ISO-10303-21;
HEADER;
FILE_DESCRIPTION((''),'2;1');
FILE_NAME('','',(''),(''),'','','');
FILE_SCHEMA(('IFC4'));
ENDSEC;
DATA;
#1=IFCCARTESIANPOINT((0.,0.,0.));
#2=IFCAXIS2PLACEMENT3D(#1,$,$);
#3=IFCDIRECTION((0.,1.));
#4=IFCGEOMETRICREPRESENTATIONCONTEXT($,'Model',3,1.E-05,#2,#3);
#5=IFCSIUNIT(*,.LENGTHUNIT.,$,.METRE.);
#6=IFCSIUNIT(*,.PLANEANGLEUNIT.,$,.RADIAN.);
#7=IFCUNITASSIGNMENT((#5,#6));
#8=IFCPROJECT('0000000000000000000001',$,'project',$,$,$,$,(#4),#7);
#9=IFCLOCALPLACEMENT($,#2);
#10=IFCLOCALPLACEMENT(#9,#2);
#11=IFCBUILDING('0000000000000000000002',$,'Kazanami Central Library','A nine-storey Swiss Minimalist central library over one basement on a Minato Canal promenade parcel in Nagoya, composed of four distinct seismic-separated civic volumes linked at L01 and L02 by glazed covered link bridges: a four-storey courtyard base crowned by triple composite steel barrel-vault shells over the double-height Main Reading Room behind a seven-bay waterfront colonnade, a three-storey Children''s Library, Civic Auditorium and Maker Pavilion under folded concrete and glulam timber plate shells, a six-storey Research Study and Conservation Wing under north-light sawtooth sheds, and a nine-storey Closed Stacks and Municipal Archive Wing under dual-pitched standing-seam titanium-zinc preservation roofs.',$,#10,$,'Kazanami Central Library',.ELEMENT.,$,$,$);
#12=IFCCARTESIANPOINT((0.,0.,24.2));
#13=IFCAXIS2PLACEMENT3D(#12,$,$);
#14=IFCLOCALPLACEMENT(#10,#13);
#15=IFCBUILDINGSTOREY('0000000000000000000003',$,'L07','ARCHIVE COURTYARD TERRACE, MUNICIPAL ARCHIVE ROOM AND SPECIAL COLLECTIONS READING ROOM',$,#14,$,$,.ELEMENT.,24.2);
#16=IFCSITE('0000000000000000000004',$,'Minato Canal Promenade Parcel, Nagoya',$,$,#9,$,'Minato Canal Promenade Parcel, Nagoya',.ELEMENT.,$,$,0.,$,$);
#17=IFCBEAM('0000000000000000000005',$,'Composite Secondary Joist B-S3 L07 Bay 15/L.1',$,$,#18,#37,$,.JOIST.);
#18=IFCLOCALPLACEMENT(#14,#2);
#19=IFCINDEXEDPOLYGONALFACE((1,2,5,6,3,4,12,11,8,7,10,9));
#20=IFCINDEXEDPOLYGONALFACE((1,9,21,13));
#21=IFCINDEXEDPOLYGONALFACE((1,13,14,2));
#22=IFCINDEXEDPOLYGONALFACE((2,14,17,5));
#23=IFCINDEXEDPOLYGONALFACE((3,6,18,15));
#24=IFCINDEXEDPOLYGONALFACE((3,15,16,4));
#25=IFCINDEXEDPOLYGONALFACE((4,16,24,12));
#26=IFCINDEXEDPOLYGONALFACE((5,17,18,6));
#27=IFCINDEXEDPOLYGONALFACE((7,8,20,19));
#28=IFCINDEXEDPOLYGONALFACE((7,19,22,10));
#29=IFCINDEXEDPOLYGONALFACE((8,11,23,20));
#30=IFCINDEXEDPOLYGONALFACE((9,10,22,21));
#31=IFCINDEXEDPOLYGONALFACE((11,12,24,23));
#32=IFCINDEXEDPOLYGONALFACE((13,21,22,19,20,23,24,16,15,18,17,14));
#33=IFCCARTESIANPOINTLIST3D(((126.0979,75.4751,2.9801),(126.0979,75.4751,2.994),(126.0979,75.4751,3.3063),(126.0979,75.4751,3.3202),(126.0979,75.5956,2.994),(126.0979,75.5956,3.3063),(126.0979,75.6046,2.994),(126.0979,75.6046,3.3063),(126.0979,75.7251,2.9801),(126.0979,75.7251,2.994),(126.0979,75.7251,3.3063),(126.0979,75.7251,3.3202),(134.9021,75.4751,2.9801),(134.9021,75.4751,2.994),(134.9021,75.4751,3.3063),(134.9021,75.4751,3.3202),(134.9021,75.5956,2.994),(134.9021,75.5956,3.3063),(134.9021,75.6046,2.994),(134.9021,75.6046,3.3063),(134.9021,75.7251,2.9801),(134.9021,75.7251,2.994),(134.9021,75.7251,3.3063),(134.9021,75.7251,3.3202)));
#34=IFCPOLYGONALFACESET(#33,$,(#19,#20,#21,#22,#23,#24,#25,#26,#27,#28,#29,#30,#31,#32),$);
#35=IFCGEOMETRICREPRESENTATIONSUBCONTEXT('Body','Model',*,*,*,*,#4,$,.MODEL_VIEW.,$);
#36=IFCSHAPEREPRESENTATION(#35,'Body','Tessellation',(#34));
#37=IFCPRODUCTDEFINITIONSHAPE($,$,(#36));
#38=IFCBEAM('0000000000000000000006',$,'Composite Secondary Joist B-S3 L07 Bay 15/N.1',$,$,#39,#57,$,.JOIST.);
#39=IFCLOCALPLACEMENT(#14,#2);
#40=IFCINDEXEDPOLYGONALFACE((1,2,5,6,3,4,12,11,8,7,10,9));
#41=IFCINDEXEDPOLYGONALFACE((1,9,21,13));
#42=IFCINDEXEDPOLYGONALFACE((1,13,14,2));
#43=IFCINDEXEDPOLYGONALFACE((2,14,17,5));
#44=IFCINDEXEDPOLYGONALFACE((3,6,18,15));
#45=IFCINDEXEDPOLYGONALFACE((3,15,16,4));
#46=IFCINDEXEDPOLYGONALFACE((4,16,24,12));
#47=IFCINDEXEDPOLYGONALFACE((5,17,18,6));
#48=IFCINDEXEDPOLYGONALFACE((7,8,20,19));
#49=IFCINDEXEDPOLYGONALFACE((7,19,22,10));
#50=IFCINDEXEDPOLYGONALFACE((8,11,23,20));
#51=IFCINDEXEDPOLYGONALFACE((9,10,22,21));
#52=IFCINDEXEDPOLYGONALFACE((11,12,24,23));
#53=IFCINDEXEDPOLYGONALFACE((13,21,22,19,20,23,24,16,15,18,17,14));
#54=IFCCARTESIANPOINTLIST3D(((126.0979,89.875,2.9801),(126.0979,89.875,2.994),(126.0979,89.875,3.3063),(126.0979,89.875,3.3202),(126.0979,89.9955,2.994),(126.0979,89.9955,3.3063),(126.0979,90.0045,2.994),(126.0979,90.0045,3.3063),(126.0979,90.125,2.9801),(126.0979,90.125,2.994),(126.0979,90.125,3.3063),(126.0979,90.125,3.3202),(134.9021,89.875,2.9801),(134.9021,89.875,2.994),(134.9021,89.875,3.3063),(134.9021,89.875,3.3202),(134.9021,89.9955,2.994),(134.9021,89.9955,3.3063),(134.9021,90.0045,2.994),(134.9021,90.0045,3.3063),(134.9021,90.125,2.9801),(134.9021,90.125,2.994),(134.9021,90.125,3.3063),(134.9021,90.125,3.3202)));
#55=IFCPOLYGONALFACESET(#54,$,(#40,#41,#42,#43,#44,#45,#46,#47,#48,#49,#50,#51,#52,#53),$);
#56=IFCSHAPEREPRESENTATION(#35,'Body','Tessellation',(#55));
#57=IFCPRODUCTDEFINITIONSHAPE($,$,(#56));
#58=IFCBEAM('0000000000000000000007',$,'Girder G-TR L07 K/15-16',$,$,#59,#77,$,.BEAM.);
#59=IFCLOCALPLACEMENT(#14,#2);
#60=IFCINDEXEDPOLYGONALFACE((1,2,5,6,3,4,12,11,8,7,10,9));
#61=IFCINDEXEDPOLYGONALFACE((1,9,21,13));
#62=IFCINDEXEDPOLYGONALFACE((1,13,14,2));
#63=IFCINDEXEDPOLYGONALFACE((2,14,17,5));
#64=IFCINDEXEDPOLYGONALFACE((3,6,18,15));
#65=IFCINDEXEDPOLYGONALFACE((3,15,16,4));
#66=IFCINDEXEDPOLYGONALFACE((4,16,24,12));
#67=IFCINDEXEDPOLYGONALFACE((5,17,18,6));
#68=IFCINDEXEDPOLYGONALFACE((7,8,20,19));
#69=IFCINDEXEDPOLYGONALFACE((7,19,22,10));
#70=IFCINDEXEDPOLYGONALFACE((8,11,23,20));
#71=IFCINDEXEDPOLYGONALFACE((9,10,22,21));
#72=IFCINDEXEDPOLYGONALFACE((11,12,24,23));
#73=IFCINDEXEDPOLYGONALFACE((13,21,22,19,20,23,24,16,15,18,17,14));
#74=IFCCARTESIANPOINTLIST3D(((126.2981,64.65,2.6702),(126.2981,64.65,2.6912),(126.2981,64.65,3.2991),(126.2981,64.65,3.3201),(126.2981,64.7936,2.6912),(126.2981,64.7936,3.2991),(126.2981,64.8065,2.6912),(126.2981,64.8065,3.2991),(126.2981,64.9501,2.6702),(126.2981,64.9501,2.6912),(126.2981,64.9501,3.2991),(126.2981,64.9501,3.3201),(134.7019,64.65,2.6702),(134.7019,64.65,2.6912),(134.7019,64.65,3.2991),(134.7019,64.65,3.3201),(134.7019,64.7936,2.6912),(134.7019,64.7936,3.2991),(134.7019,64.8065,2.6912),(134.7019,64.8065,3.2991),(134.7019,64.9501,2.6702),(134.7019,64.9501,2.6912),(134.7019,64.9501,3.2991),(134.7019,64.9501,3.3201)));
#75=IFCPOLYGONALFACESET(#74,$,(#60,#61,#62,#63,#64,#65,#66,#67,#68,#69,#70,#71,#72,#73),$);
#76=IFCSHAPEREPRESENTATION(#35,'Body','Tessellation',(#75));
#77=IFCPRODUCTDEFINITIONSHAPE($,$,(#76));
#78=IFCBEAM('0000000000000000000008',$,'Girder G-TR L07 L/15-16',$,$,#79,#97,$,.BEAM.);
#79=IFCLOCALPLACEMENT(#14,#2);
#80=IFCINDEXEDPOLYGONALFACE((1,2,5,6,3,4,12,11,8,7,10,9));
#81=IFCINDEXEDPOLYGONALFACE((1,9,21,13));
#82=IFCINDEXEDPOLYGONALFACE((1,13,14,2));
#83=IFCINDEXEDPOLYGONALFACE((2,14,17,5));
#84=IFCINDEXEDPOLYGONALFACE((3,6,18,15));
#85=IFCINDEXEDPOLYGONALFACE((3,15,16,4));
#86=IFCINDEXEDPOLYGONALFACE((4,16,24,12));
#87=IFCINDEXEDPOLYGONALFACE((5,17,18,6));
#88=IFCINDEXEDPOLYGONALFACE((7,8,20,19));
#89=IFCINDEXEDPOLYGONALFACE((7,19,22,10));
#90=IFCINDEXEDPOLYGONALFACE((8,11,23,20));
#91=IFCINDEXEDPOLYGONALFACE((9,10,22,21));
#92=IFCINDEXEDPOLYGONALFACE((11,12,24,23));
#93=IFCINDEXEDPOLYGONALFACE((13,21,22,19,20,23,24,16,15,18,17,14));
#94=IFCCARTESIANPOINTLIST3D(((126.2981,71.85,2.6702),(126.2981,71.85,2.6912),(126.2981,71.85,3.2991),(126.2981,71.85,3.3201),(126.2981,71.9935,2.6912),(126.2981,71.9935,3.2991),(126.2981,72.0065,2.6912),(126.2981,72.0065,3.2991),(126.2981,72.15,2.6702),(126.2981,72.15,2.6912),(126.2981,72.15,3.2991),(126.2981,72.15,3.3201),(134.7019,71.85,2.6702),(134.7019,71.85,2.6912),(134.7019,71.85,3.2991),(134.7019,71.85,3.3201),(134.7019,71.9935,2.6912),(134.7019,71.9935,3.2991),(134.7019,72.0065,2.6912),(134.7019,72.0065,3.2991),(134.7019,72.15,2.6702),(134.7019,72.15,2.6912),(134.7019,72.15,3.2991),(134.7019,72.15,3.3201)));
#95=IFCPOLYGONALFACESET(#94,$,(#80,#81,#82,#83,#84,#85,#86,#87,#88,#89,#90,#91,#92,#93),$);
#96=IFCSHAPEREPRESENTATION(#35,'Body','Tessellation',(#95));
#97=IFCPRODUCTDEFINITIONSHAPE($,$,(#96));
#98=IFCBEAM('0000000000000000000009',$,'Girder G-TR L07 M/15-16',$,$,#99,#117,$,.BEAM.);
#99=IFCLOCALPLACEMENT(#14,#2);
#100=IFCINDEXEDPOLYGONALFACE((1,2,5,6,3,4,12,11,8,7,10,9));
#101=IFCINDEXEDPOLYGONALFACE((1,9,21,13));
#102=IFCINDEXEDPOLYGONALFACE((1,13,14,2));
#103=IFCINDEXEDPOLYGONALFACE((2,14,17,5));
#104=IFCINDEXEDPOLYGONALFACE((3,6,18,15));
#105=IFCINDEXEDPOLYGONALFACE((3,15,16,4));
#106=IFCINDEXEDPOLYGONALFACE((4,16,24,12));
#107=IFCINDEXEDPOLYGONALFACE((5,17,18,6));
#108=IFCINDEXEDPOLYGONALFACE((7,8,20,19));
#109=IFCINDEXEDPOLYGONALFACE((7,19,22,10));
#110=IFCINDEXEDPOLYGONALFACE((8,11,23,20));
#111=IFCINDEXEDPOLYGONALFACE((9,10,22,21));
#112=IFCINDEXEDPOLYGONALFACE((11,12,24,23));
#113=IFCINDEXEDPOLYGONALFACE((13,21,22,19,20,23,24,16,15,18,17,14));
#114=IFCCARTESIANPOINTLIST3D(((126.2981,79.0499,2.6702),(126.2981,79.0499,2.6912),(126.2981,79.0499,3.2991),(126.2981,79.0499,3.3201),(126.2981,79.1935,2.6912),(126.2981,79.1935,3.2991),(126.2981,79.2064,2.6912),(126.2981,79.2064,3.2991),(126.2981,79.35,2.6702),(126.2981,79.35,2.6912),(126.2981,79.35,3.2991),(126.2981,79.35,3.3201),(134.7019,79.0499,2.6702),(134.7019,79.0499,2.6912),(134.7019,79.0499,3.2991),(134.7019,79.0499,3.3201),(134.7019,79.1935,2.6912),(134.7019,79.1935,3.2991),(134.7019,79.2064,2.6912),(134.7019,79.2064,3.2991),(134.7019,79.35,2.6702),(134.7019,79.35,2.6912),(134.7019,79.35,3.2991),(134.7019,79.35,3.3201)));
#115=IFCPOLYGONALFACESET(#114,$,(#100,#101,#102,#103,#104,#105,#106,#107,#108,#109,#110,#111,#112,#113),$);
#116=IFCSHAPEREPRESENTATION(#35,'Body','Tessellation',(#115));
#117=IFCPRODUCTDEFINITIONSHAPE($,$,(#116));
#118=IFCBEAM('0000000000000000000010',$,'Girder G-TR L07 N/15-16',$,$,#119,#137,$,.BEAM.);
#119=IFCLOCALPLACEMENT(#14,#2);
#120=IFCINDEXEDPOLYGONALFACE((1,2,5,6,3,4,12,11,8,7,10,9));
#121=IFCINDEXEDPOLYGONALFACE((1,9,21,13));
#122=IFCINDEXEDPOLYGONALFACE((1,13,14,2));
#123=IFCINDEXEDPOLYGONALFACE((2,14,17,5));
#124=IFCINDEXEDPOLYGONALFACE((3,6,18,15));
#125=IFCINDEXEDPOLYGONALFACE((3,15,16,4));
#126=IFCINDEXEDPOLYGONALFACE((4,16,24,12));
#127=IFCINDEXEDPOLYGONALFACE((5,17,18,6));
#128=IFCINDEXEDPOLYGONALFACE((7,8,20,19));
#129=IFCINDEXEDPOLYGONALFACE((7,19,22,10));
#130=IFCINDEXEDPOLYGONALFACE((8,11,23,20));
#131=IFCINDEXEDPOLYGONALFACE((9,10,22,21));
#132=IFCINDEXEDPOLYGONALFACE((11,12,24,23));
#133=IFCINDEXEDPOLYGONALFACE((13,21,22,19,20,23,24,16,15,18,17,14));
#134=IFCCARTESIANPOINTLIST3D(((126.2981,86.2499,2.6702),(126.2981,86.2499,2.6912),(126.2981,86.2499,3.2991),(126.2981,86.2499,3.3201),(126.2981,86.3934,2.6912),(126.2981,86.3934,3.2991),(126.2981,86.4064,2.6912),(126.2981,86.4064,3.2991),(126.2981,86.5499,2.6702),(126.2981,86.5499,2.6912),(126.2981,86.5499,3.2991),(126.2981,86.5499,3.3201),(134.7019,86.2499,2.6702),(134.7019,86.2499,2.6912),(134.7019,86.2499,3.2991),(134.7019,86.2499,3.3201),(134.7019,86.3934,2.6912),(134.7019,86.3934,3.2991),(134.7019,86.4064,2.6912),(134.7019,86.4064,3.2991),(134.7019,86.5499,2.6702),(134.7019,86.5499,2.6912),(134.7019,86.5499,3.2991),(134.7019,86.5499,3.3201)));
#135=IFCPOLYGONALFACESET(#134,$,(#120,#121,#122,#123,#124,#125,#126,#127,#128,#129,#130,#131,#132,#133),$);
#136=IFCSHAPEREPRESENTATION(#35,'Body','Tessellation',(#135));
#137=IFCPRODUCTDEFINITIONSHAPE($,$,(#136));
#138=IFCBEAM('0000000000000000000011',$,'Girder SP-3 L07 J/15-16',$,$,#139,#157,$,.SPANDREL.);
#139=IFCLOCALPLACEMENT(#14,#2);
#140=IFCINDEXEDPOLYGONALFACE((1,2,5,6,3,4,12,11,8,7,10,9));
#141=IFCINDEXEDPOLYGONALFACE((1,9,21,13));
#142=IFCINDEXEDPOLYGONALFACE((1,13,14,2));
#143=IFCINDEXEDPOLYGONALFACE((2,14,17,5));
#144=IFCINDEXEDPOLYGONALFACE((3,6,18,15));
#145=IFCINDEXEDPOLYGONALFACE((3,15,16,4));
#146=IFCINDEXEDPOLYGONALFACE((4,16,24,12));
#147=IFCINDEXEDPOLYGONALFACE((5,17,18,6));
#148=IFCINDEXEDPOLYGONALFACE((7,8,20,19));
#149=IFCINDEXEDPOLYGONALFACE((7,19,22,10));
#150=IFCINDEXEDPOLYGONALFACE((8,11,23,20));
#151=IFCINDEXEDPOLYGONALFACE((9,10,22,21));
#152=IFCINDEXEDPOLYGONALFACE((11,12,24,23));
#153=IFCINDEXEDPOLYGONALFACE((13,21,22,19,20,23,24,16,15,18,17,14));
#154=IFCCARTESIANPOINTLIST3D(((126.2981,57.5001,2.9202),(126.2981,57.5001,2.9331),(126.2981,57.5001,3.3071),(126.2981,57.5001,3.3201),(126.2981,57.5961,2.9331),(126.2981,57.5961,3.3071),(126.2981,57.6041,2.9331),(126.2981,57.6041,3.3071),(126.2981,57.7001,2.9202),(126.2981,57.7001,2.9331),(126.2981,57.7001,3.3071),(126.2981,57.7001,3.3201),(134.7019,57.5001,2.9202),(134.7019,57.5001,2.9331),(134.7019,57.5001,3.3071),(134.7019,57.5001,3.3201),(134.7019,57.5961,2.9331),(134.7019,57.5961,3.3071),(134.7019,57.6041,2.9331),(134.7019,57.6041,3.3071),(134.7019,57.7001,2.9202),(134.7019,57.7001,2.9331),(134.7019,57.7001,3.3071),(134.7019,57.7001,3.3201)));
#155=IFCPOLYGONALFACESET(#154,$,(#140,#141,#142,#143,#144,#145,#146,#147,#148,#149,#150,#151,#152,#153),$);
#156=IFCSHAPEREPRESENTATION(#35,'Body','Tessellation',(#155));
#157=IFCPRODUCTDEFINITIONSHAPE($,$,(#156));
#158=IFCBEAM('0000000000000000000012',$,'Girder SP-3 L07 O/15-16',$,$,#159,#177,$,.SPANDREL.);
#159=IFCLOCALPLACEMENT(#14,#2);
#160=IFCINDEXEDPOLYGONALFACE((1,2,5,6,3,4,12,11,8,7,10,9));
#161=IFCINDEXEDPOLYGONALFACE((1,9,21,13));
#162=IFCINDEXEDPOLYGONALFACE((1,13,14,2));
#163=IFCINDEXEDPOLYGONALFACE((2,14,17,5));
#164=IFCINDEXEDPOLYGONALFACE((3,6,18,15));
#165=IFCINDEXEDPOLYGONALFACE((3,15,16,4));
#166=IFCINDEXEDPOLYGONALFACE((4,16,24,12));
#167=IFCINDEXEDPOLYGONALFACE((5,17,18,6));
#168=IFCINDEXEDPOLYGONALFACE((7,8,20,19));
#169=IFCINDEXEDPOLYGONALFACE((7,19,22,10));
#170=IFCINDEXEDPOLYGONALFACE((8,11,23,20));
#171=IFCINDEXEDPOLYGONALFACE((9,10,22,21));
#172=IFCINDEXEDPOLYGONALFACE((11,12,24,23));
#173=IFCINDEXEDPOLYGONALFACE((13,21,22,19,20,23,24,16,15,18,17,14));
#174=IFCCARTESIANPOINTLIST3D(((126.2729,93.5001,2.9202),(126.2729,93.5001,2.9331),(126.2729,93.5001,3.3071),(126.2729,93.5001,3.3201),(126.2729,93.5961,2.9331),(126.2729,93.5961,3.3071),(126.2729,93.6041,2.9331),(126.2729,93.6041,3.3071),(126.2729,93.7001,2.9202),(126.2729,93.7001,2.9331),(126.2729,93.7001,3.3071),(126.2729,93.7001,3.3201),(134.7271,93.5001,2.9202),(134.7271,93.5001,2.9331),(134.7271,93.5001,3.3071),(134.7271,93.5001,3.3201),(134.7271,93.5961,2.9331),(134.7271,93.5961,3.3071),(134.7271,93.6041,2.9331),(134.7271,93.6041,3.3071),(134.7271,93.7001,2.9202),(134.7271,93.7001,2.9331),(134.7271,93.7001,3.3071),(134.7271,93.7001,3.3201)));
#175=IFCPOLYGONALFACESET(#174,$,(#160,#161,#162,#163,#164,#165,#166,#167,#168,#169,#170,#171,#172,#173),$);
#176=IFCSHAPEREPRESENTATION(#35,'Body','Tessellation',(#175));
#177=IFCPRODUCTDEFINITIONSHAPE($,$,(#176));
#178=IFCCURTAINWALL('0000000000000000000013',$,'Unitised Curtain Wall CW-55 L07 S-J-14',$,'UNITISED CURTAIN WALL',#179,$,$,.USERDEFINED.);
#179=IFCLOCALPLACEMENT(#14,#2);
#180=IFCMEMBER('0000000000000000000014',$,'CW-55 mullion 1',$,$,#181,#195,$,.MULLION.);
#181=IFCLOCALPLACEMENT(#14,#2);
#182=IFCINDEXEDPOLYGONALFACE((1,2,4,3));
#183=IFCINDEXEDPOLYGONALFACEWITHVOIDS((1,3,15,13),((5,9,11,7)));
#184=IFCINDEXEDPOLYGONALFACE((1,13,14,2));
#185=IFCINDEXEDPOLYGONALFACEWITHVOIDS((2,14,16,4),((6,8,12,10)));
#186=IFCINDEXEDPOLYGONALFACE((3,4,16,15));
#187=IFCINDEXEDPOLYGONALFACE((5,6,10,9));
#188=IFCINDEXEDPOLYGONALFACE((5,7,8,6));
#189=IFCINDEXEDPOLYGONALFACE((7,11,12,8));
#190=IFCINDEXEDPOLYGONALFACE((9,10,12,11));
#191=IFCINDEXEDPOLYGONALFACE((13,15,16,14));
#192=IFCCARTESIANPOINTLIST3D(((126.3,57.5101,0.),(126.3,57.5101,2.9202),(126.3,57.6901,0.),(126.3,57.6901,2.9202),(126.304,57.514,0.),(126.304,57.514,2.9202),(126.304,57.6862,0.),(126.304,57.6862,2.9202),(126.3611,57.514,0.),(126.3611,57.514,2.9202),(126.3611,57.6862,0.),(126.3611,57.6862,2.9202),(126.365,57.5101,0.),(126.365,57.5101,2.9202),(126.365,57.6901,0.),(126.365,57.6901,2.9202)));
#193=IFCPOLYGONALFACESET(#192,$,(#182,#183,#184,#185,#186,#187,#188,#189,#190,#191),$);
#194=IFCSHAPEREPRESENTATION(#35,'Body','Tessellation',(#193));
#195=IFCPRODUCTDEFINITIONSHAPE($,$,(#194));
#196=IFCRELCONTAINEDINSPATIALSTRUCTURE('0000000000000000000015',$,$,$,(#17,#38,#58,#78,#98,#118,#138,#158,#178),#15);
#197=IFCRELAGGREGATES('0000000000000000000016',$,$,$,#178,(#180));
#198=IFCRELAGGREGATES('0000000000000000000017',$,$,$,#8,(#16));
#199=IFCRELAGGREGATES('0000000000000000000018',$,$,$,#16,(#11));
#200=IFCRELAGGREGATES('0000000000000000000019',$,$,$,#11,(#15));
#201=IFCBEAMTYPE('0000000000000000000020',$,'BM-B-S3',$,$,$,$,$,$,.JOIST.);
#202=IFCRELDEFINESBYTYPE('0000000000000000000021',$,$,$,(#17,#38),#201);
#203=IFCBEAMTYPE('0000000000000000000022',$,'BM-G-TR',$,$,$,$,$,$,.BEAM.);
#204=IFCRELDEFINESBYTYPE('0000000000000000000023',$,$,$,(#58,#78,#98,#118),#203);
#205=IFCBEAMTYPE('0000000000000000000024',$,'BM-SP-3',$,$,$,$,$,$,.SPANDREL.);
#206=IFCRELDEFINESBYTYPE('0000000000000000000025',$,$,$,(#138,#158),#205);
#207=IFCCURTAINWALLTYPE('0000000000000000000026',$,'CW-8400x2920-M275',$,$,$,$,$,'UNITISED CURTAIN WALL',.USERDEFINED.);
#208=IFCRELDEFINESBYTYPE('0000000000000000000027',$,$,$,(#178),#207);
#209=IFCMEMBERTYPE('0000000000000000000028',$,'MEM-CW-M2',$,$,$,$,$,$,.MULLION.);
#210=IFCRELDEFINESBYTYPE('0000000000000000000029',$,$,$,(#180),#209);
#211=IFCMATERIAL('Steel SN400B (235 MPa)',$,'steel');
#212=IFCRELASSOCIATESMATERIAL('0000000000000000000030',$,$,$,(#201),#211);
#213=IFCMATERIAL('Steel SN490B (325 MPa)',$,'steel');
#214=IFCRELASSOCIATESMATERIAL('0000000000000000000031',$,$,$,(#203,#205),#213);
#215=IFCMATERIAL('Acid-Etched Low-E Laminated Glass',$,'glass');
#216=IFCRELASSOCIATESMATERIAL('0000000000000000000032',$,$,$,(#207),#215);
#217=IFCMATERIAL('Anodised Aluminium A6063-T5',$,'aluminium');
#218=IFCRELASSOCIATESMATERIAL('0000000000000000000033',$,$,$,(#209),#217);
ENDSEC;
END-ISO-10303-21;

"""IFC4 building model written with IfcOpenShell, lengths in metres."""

from ifc_helpers import new_model, si_unit, direction, frame, origin, origin_2d, place, context, subcontext, project, spatial, hollow_rectangle, i_section, extrude, material, material_profile, profile_set, type_object, element, aggregate, save


model = new_model("IFC4")

# Units and contexts
model_context = context("Model", 3, precision=1e-05, world=origin(), true_north=direction((0.0, 1.0)))
body_context = subcontext(model_context, "Body", "Model", "MODEL_VIEW")
ifc_project = project(units=[si_unit("LENGTHUNIT", "METRE"), si_unit("PLANEANGLEUNIT", "RADIAN")], contexts=[model_context])

# Site, building, storey
site_placement = place(None, origin())
site = spatial("IfcSite", under=ifc_project, at=site_placement, Name="Minato Canal Promenade Parcel, Nagoya", LongName="Minato Canal Promenade Parcel, Nagoya", CompositionType="ELEMENT", RefElevation=0.0)
building_placement = place(site_placement, origin())
building = spatial("IfcBuilding", under=site, at=building_placement, Name="Kazanami Central Library", Description="A nine-storey Swiss Minimalist central library over one basement on a Minato Canal promenade parcel in Nagoya, composed of four distinct seismic-separated civic volumes linked at L01 and L02 by glazed covered link bridges: a four-storey courtyard base crowned by triple composite steel barrel-vault shells over the double-height Main Reading Room behind a seven-bay waterfront colonnade, a three-storey Children's Library, Civic Auditorium and Maker Pavilion under folded concrete and glulam timber plate shells, a six-storey Research Study and Conservation Wing under north-light sawtooth sheds, and a nine-storey Closed Stacks and Municipal Archive Wing under dual-pitched standing-seam titanium-zinc preservation roofs.", LongName="Kazanami Central Library", CompositionType="ELEMENT")
storey_placement = place(building_placement, frame((0.0, 0.0, 24.2)))
storey = spatial("IfcBuildingStorey", under=building, at=storey_placement, Name="L07", Description="ARCHIVE COURTYARD TERRACE, MUNICIPAL ARCHIVE ROOM AND SPECIAL COLLECTIONS READING ROOM", CompositionType="ELEMENT", Elevation=24.2)

# Beams
ifc_material_1 = material(Name="Steel SN400B (235 MPa)", Category="steel")
ifc_material_profile_1 = material_profile(ifc_material_1, i_section(OverallWidth=0.25, OverallDepth=0.3401, WebThickness=0.009, FlangeThickness=0.0139, at=origin_2d()), Name="H-340x250x9x14")
ifc_profile_set_1 = profile_set([ifc_material_profile_1], Name="Steel SN400B (235 MPa)")
beam_type_1 = type_object("IfcBeamType", Name="BM-B-S3", PredefinedType="JOIST", material=ifc_profile_set_1)
for number, where, z_axis, x_axis, name in (
    (1, (126.0979, 75.6001, 3.1501), (1.0, 0.0, 0.0), (0.0, 1.0, 0.0), "Composite Secondary Joist B-S3 L07 Bay 15/L.1"),
    (2, (126.0979, 90.0, 3.1501), (1.0, 0.0, 0.0), (0.0, 1.0, 0.0), "Composite Secondary Joist B-S3 L07 Bay 15/N.1"),
):
    element("IfcBeam", number, at=place(storey_placement, frame(where, z_axis=z_axis, x_axis=x_axis)), inside=storey, type_object=beam_type_1, Name=name, PredefinedType="JOIST", context=body_context, shape_type="SweptSolid", body=[
        extrude(i_section(OverallWidth=0.25, OverallDepth=0.3401, WebThickness=0.009, FlangeThickness=0.0139, at=origin_2d()), origin(), (0.0, 0.0, 1.0), 8.8042),
    ])
ifc_material_2 = material(Name="Steel SN490B (325 MPa)", Category="steel")
ifc_material_profile_2 = material_profile(ifc_material_2, i_section(OverallWidth=0.3, OverallDepth=0.6499, WebThickness=0.0129, FlangeThickness=0.021, at=origin_2d()), Name="H-650x300x13x21")
ifc_profile_set_2 = profile_set([ifc_material_profile_2], Name="Steel SN490B (325 MPa)")
beam_type_2 = type_object("IfcBeamType", Name="BM-G-TR", PredefinedType="BEAM", material=ifc_profile_set_2)
for number, where, z_axis, x_axis, name in (
    (3, (126.2981, 64.8, 2.9951), (1.0, 0.0, 0.0), (0.0, 1.0, 0.0), "Girder G-TR L07 K/15-16"),
    (4, (126.2981, 72.0, 2.9951), (1.0, 0.0, 0.0), (0.0, 1.0, 0.0), "Girder G-TR L07 L/15-16"),
    (5, (126.2981, 79.2, 2.9951), (1.0, 0.0, 0.0), (0.0, 1.0, 0.0), "Girder G-TR L07 M/15-16"),
    (6, (126.2981, 86.3999, 2.9951), (1.0, 0.0, 0.0), (0.0, 1.0, 0.0), "Girder G-TR L07 N/15-16"),
):
    element("IfcBeam", number, at=place(storey_placement, frame(where, z_axis=z_axis, x_axis=x_axis)), inside=storey, type_object=beam_type_2, Name=name, PredefinedType="BEAM", context=body_context, shape_type="SweptSolid", body=[
        extrude(i_section(OverallWidth=0.3, OverallDepth=0.6499, WebThickness=0.0129, FlangeThickness=0.021, at=origin_2d()), origin(), (0.0, 0.0, 1.0), 8.4038),
    ])
ifc_material_profile_3 = material_profile(ifc_material_2, i_section(OverallWidth=0.2, OverallDepth=0.3999, WebThickness=0.0081, FlangeThickness=0.0129, at=origin_2d()), Name="H-400x200x8x13")
ifc_profile_set_3 = profile_set([ifc_material_profile_3], Name="Steel SN490B (325 MPa)")
beam_type_3 = type_object("IfcBeamType", Name="BM-SP-3", PredefinedType="SPANDREL", material=ifc_profile_set_3)
beam_1_placement = place(storey_placement, frame((126.2981, 57.6001, 3.1201), z_axis=(1.0, 0.0, 0.0), x_axis=(0.0, 1.0, 0.0)))
element("IfcBeam", 7, at=beam_1_placement, inside=storey, type_object=beam_type_3, Name="Girder SP-3 L07 J/15-16", PredefinedType="SPANDREL", context=body_context, shape_type="SweptSolid", body=[
    extrude(i_section(OverallWidth=0.2, OverallDepth=0.3999, WebThickness=0.0081, FlangeThickness=0.0129, at=origin_2d()), origin(), (0.0, 0.0, 1.0), 8.4038),
])
beam_2_placement = place(storey_placement, frame((126.2729, 93.6001, 3.1201), z_axis=(1.0, 0.0, 0.0), x_axis=(0.0, 1.0, 0.0)))
element("IfcBeam", 8, at=beam_2_placement, inside=storey, type_object=beam_type_3, Name="Girder SP-3 L07 O/15-16", PredefinedType="SPANDREL", context=body_context, shape_type="SweptSolid", body=[
    extrude(i_section(OverallWidth=0.2, OverallDepth=0.3999, WebThickness=0.0081, FlangeThickness=0.0129, at=origin_2d()), origin(), (0.0, 0.0, 1.0), 8.4541),
])

# Curtain wall, member
ifc_material_3 = material(Name="Acid-Etched Low-E Laminated Glass", Category="glass")
curtain_wall_type = type_object("IfcCurtainWallType", Name="CW-8400x2920-M275", ElementType="UNITISED CURTAIN WALL", PredefinedType="USERDEFINED", material=ifc_material_3)
curtain_wall_placement = place(storey_placement, origin())
curtain_wall = element("IfcCurtainWall", 9, at=curtain_wall_placement, inside=storey, type_object=curtain_wall_type, Name="Unitised Curtain Wall CW-55 L07 S-J-14", ObjectType="UNITISED CURTAIN WALL", PredefinedType="USERDEFINED")
ifc_material_4 = material(Name="Anodised Aluminium A6063-T5", Category="aluminium")
ifc_material_profile_4 = material_profile(ifc_material_4, hollow_rectangle(XDim=0.0649, YDim=0.1799, WallThickness=0.0039, at=origin_2d()), Name="ALU-MULL-65x180x4")
ifc_profile_set_4 = profile_set([ifc_material_profile_4], Name="Anodised Aluminium A6063-T5")
member_type_1 = type_object("IfcMemberType", Name="MEM-CW-M2", PredefinedType="MULLION", material=ifc_profile_set_4)
member_1_placement = place(storey_placement, frame((126.3325, 57.6001, 0.0), z_axis=(0.0, 0.0, 1.0), x_axis=(1.0, 0.0, 0.0)))
member_1 = element("IfcMember", 10, at=member_1_placement, type_object=member_type_1, Name="CW-55 mullion 1", PredefinedType="MULLION", context=body_context, shape_type="SweptSolid", body=[
    extrude(hollow_rectangle(XDim=0.0649, YDim=0.1799, WallThickness=0.0039, at=origin_2d()), origin(), (0.0, 0.0, 1.0), 2.9202),
])
aggregate(curtain_wall, [member_1])

save(model, "model.ifc")
